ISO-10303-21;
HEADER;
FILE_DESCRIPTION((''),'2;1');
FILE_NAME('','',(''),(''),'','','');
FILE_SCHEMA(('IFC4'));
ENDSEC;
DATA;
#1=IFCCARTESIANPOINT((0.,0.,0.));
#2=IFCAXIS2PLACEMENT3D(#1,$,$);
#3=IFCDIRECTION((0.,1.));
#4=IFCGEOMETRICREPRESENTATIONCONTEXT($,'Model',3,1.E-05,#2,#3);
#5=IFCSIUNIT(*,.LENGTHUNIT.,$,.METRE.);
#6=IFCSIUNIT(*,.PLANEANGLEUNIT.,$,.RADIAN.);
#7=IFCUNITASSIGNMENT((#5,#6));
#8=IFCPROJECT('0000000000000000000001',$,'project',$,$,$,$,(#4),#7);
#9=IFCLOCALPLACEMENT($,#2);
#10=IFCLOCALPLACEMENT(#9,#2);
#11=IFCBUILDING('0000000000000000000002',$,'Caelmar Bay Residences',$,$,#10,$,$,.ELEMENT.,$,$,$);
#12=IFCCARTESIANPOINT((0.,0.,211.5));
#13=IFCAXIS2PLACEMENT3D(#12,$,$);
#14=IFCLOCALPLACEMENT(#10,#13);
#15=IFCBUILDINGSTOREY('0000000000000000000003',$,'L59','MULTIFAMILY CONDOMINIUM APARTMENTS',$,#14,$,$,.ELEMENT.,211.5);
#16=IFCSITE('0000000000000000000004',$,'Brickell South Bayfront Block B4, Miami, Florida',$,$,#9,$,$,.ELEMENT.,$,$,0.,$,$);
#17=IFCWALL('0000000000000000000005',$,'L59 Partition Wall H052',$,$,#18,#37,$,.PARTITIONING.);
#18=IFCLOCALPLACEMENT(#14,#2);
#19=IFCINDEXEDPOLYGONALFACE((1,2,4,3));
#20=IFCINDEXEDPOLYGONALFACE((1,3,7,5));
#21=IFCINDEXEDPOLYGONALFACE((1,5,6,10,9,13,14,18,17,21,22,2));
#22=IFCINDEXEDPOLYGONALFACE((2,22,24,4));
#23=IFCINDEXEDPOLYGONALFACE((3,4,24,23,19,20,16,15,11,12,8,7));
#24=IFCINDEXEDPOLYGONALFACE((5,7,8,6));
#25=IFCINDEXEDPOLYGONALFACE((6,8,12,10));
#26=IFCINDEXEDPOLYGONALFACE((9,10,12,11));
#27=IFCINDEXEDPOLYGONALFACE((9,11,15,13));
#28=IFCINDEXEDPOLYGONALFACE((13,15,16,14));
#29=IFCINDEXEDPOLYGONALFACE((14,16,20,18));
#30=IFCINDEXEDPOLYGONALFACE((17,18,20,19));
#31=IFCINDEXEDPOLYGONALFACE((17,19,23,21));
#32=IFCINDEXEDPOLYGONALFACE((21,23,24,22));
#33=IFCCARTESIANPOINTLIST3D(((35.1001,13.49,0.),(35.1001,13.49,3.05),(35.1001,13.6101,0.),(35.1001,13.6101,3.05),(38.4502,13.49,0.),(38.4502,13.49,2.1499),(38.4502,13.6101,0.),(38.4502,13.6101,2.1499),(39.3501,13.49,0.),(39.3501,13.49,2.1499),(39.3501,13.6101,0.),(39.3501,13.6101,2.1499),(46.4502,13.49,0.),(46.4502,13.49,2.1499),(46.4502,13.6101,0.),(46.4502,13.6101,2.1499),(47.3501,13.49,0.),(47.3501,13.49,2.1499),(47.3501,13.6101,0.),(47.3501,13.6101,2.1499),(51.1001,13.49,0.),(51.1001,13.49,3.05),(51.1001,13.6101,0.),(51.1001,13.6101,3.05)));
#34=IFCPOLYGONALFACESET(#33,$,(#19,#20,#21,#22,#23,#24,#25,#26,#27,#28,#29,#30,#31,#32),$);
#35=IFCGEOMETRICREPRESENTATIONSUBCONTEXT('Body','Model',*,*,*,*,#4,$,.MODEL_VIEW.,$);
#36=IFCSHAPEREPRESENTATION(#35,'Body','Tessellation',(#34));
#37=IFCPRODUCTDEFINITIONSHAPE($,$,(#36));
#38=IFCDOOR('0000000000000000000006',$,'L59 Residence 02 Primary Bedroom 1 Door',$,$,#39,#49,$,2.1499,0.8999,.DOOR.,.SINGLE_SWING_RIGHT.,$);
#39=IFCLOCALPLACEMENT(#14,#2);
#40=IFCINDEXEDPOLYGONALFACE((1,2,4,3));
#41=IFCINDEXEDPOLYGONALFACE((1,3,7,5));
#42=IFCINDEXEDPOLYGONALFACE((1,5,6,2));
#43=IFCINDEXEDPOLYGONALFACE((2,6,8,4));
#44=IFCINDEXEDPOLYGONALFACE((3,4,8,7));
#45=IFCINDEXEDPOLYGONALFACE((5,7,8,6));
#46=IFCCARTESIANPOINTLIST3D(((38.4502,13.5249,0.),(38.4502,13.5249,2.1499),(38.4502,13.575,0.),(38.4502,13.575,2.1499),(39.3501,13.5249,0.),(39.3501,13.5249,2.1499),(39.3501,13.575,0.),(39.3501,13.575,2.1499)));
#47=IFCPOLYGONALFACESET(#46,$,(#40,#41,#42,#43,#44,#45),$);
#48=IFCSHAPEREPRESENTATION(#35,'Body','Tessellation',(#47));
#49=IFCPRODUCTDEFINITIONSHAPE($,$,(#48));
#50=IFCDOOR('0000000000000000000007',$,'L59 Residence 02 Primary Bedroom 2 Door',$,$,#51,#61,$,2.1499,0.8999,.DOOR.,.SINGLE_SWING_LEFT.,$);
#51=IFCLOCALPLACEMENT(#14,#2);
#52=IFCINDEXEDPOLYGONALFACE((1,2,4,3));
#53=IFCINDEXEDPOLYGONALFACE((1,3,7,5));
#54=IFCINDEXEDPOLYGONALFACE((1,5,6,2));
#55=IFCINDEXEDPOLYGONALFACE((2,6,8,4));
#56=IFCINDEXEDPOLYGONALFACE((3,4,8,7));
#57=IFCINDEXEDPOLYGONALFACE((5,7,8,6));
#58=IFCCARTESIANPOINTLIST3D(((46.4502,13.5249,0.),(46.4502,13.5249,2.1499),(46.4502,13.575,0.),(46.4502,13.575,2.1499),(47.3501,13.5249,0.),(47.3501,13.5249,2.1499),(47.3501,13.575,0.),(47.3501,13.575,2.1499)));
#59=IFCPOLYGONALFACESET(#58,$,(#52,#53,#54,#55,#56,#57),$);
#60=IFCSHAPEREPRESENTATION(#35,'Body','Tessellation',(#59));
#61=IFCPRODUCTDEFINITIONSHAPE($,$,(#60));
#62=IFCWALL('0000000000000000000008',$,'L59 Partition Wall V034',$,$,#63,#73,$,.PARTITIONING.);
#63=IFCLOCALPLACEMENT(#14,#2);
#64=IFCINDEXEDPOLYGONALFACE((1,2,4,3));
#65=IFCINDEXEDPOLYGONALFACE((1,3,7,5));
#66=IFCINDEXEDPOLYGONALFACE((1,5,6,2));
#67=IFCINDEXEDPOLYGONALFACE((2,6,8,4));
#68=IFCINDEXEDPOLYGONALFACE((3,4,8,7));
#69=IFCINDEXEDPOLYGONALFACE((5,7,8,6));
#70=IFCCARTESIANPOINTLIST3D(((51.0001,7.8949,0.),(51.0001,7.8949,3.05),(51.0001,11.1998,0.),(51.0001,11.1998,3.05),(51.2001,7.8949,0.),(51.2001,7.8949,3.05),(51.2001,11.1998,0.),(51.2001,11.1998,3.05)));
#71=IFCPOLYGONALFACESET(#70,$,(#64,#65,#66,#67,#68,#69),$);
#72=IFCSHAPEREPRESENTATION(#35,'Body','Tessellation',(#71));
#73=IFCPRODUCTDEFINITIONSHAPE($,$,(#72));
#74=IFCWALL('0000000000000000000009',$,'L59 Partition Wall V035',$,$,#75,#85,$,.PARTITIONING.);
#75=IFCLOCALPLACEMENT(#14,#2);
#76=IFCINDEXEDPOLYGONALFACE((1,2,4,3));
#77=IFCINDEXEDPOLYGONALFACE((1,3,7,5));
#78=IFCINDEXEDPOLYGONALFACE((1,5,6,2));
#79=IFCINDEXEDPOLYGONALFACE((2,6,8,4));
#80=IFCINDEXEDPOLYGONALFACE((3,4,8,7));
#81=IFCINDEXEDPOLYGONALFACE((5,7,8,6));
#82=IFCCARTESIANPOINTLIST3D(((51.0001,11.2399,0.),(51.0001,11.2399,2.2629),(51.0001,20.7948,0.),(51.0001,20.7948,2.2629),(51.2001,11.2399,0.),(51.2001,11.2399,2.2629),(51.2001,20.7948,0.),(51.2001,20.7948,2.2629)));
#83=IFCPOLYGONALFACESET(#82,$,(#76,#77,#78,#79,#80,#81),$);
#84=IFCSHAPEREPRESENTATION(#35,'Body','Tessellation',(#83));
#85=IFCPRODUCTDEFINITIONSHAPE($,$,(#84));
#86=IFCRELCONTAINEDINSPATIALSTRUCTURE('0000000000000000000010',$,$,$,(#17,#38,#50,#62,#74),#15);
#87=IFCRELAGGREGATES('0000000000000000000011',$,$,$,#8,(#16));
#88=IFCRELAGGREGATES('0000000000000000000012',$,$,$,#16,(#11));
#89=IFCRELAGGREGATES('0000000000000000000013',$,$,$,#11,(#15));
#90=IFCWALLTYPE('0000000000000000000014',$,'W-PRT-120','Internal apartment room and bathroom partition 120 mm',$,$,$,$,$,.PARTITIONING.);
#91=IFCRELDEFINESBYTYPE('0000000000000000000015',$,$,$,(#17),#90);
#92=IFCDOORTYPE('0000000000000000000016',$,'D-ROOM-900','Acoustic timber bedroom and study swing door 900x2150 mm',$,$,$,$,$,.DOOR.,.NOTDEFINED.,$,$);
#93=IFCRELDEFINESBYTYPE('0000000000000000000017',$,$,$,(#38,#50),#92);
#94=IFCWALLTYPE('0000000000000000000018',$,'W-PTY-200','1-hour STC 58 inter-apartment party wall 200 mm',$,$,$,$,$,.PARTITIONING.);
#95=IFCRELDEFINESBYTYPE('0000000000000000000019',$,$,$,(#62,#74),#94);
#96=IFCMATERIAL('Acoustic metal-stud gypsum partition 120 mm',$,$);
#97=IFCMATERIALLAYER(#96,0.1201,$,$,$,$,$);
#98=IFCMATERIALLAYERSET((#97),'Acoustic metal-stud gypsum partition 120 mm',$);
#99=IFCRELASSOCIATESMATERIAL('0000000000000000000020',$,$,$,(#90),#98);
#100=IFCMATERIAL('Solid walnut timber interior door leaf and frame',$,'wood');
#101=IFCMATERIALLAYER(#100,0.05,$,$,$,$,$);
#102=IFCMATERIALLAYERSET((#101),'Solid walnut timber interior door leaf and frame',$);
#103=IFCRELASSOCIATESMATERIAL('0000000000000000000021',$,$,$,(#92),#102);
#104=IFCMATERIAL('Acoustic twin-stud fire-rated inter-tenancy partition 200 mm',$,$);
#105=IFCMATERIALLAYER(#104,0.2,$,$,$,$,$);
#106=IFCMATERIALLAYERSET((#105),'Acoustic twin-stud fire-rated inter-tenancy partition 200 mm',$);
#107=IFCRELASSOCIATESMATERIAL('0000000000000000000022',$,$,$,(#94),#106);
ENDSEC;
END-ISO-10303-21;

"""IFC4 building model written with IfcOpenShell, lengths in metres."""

from ifc_helpers import new_model, si_unit, direction, frame, frame_2d, origin, place, context, subcontext, project, spatial, rectangle, extrude, material, layer, layer_set, type_object, element, fill, save


model = new_model("IFC4")

# Units and contexts
model_context = context("Model", 3, precision=1e-05, world=origin(), true_north=direction((0.0, 1.0)))
body_context = subcontext(model_context, "Body", "Model", "MODEL_VIEW")
ifc_project = project(units=[si_unit("LENGTHUNIT", "METRE"), si_unit("PLANEANGLEUNIT", "RADIAN")], contexts=[model_context])

# Site, building, storey
site_placement = place(None, origin())
site = spatial("IfcSite", under=ifc_project, at=site_placement, Name="Brickell South Bayfront Block B4, Miami, Florida", CompositionType="ELEMENT", RefElevation=0.0)
building_placement = place(site_placement, origin())
building = spatial("IfcBuilding", under=site, at=building_placement, Name="Caelmar Bay Residences", CompositionType="ELEMENT")
storey_placement = place(building_placement, frame((0.0, 0.0, 211.5)))
storey = spatial("IfcBuildingStorey", under=building, at=storey_placement, Name="L59", Description="MULTIFAMILY CONDOMINIUM APARTMENTS", CompositionType="ELEMENT", Elevation=211.5)

# Shared definitions
ifc_material_1 = material(Name="Acoustic metal-stud gypsum partition 120 mm")
ifc_layer_1 = layer(ifc_material_1, 0.1201)
ifc_layer_set_1 = layer_set([ifc_layer_1], Name="Acoustic metal-stud gypsum partition 120 mm")
wall_type_1 = type_object("IfcWallType", Name="W-PRT-120", Description="Internal apartment room and bathroom partition 120 mm", PredefinedType="PARTITIONING", material=ifc_layer_set_1)

# Shared definitions
ifc_material_2 = material(Name="Solid walnut timber interior door leaf and frame", Category="wood")
ifc_layer_2 = layer(ifc_material_2, 0.05)
ifc_layer_set_2 = layer_set([ifc_layer_2], Name="Solid walnut timber interior door leaf and frame")
door_type = type_object("IfcDoorType", Name="D-ROOM-900", Description="Acoustic timber bedroom and study swing door 900x2150 mm", OperationType="NOTDEFINED", PredefinedType="DOOR", material=ifc_layer_set_2)

# Wall, openings, doors
wall_1_placement = place(storey_placement, frame((35.1001, 13.55, 0.0), z_axis=(0.0, 0.0, 1.0), x_axis=(1.0, 0.0, 0.0)))
wall_1 = element("IfcWall", 1, at=wall_1_placement, inside=storey, type_object=wall_type_1, Name="L59 Partition Wall H052", PredefinedType="PARTITIONING", context=body_context, shape_type="SweptSolid", body=[
    extrude(rectangle(XDim=16.0, YDim=0.1201, at=frame_2d((8.0, 0.0))), origin(), (0.0, 0.0, 1.0), 3.05),
])
opening_1_placement = place(wall_1_placement, frame((3.3501, 0.0, 0.0)))
opening_1 = element("IfcOpeningElement", 2, at=opening_1_placement, cuts=wall_1, PredefinedType="OPENING", context=body_context, shape_type="SweptSolid", body=[
    extrude(rectangle(XDim=0.8999, YDim=2.1499, at=frame_2d((0.45, 1.075))), frame((0.0, 0.0701, 0.0), z_axis=(0.0, -1.0, 0.0), x_axis=(1.0, 0.0, 0.0)), (0.0, 0.0, 1.0), 0.1401),
])
opening_2_placement = place(wall_1_placement, frame((11.3501, 0.0, 0.0)))
opening_2 = element("IfcOpeningElement", 3, at=opening_2_placement, cuts=wall_1, PredefinedType="OPENING", context=body_context, shape_type="SweptSolid", body=[
    extrude(rectangle(XDim=0.8999, YDim=2.1499, at=frame_2d((0.45, 1.075))), frame((0.0, 0.0701, 0.0), z_axis=(0.0, -1.0, 0.0), x_axis=(1.0, 0.0, 0.0)), (0.0, 0.0, 1.0), 0.1401),
])
door_1_placement = place(opening_1_placement, origin())
door_1 = element("IfcDoor", 4, at=door_1_placement, inside=storey, type_object=door_type, Name="L59 Residence 02 Primary Bedroom 1 Door", OperationType="SINGLE_SWING_RIGHT", OverallHeight=2.1499, OverallWidth=0.8999, PredefinedType="DOOR", context=body_context, shape_type="SweptSolid", body=[
    extrude(rectangle(XDim=0.8999, YDim=2.1499, at=frame_2d((0.45, 1.075))), frame((0.0, 0.0249, 0.0), z_axis=(0.0, -1.0, 0.0), x_axis=(1.0, 0.0, 0.0)), (0.0, 0.0, 1.0), 0.05),
])
fill(opening_1, door_1)
door_2_placement = place(opening_2_placement, origin())
door_2 = element("IfcDoor", 5, at=door_2_placement, inside=storey, type_object=door_type, Name="L59 Residence 02 Primary Bedroom 2 Door", OperationType="SINGLE_SWING_LEFT", OverallHeight=2.1499, OverallWidth=0.8999, PredefinedType="DOOR", context=body_context, shape_type="SweptSolid", body=[
    extrude(rectangle(XDim=0.8999, YDim=2.1499, at=frame_2d((0.45, 1.075))), frame((0.0, 0.0249, 0.0), z_axis=(0.0, -1.0, 0.0), x_axis=(1.0, 0.0, 0.0)), (0.0, 0.0, 1.0), 0.05),
])
fill(opening_2, door_2)

# Walls
ifc_material_3 = material(Name="Acoustic twin-stud fire-rated inter-tenancy partition 200 mm")
ifc_layer_3 = layer(ifc_material_3, 0.2)
ifc_layer_set_3 = layer_set([ifc_layer_3], Name="Acoustic twin-stud fire-rated inter-tenancy partition 200 mm")
wall_type_2 = type_object("IfcWallType", Name="W-PTY-200", Description="1-hour STC 58 inter-apartment party wall 200 mm", PredefinedType="PARTITIONING", material=ifc_layer_set_3)
wall_2_placement = place(storey_placement, frame((51.1001, 7.895, 0.0), z_axis=(0.0, 0.0, 1.0), x_axis=(0.0, 1.0, 0.0)))
element("IfcWall", 6, at=wall_2_placement, inside=storey, type_object=wall_type_2, Name="L59 Partition Wall V034", PredefinedType="PARTITIONING", context=body_context, shape_type="SweptSolid", body=[
    extrude(rectangle(XDim=3.3049, YDim=0.2, at=frame_2d((1.6523, 0.0))), origin(), (0.0, 0.0, 1.0), 3.05),
])
wall_3_placement = place(storey_placement, frame((51.1001, 11.24, 0.0), z_axis=(0.0, 0.0, 1.0), x_axis=(0.0, 1.0, 0.0)))
element("IfcWall", 7, at=wall_3_placement, inside=storey, type_object=wall_type_2, Name="L59 Partition Wall V035", PredefinedType="PARTITIONING", context=body_context, shape_type="SweptSolid", body=[
    extrude(rectangle(XDim=9.5549, YDim=0.2, at=frame_2d((4.7773, 0.0))), origin(), (0.0, 0.0, 1.0), 2.2629),
])

save(model, "model.ifc")
